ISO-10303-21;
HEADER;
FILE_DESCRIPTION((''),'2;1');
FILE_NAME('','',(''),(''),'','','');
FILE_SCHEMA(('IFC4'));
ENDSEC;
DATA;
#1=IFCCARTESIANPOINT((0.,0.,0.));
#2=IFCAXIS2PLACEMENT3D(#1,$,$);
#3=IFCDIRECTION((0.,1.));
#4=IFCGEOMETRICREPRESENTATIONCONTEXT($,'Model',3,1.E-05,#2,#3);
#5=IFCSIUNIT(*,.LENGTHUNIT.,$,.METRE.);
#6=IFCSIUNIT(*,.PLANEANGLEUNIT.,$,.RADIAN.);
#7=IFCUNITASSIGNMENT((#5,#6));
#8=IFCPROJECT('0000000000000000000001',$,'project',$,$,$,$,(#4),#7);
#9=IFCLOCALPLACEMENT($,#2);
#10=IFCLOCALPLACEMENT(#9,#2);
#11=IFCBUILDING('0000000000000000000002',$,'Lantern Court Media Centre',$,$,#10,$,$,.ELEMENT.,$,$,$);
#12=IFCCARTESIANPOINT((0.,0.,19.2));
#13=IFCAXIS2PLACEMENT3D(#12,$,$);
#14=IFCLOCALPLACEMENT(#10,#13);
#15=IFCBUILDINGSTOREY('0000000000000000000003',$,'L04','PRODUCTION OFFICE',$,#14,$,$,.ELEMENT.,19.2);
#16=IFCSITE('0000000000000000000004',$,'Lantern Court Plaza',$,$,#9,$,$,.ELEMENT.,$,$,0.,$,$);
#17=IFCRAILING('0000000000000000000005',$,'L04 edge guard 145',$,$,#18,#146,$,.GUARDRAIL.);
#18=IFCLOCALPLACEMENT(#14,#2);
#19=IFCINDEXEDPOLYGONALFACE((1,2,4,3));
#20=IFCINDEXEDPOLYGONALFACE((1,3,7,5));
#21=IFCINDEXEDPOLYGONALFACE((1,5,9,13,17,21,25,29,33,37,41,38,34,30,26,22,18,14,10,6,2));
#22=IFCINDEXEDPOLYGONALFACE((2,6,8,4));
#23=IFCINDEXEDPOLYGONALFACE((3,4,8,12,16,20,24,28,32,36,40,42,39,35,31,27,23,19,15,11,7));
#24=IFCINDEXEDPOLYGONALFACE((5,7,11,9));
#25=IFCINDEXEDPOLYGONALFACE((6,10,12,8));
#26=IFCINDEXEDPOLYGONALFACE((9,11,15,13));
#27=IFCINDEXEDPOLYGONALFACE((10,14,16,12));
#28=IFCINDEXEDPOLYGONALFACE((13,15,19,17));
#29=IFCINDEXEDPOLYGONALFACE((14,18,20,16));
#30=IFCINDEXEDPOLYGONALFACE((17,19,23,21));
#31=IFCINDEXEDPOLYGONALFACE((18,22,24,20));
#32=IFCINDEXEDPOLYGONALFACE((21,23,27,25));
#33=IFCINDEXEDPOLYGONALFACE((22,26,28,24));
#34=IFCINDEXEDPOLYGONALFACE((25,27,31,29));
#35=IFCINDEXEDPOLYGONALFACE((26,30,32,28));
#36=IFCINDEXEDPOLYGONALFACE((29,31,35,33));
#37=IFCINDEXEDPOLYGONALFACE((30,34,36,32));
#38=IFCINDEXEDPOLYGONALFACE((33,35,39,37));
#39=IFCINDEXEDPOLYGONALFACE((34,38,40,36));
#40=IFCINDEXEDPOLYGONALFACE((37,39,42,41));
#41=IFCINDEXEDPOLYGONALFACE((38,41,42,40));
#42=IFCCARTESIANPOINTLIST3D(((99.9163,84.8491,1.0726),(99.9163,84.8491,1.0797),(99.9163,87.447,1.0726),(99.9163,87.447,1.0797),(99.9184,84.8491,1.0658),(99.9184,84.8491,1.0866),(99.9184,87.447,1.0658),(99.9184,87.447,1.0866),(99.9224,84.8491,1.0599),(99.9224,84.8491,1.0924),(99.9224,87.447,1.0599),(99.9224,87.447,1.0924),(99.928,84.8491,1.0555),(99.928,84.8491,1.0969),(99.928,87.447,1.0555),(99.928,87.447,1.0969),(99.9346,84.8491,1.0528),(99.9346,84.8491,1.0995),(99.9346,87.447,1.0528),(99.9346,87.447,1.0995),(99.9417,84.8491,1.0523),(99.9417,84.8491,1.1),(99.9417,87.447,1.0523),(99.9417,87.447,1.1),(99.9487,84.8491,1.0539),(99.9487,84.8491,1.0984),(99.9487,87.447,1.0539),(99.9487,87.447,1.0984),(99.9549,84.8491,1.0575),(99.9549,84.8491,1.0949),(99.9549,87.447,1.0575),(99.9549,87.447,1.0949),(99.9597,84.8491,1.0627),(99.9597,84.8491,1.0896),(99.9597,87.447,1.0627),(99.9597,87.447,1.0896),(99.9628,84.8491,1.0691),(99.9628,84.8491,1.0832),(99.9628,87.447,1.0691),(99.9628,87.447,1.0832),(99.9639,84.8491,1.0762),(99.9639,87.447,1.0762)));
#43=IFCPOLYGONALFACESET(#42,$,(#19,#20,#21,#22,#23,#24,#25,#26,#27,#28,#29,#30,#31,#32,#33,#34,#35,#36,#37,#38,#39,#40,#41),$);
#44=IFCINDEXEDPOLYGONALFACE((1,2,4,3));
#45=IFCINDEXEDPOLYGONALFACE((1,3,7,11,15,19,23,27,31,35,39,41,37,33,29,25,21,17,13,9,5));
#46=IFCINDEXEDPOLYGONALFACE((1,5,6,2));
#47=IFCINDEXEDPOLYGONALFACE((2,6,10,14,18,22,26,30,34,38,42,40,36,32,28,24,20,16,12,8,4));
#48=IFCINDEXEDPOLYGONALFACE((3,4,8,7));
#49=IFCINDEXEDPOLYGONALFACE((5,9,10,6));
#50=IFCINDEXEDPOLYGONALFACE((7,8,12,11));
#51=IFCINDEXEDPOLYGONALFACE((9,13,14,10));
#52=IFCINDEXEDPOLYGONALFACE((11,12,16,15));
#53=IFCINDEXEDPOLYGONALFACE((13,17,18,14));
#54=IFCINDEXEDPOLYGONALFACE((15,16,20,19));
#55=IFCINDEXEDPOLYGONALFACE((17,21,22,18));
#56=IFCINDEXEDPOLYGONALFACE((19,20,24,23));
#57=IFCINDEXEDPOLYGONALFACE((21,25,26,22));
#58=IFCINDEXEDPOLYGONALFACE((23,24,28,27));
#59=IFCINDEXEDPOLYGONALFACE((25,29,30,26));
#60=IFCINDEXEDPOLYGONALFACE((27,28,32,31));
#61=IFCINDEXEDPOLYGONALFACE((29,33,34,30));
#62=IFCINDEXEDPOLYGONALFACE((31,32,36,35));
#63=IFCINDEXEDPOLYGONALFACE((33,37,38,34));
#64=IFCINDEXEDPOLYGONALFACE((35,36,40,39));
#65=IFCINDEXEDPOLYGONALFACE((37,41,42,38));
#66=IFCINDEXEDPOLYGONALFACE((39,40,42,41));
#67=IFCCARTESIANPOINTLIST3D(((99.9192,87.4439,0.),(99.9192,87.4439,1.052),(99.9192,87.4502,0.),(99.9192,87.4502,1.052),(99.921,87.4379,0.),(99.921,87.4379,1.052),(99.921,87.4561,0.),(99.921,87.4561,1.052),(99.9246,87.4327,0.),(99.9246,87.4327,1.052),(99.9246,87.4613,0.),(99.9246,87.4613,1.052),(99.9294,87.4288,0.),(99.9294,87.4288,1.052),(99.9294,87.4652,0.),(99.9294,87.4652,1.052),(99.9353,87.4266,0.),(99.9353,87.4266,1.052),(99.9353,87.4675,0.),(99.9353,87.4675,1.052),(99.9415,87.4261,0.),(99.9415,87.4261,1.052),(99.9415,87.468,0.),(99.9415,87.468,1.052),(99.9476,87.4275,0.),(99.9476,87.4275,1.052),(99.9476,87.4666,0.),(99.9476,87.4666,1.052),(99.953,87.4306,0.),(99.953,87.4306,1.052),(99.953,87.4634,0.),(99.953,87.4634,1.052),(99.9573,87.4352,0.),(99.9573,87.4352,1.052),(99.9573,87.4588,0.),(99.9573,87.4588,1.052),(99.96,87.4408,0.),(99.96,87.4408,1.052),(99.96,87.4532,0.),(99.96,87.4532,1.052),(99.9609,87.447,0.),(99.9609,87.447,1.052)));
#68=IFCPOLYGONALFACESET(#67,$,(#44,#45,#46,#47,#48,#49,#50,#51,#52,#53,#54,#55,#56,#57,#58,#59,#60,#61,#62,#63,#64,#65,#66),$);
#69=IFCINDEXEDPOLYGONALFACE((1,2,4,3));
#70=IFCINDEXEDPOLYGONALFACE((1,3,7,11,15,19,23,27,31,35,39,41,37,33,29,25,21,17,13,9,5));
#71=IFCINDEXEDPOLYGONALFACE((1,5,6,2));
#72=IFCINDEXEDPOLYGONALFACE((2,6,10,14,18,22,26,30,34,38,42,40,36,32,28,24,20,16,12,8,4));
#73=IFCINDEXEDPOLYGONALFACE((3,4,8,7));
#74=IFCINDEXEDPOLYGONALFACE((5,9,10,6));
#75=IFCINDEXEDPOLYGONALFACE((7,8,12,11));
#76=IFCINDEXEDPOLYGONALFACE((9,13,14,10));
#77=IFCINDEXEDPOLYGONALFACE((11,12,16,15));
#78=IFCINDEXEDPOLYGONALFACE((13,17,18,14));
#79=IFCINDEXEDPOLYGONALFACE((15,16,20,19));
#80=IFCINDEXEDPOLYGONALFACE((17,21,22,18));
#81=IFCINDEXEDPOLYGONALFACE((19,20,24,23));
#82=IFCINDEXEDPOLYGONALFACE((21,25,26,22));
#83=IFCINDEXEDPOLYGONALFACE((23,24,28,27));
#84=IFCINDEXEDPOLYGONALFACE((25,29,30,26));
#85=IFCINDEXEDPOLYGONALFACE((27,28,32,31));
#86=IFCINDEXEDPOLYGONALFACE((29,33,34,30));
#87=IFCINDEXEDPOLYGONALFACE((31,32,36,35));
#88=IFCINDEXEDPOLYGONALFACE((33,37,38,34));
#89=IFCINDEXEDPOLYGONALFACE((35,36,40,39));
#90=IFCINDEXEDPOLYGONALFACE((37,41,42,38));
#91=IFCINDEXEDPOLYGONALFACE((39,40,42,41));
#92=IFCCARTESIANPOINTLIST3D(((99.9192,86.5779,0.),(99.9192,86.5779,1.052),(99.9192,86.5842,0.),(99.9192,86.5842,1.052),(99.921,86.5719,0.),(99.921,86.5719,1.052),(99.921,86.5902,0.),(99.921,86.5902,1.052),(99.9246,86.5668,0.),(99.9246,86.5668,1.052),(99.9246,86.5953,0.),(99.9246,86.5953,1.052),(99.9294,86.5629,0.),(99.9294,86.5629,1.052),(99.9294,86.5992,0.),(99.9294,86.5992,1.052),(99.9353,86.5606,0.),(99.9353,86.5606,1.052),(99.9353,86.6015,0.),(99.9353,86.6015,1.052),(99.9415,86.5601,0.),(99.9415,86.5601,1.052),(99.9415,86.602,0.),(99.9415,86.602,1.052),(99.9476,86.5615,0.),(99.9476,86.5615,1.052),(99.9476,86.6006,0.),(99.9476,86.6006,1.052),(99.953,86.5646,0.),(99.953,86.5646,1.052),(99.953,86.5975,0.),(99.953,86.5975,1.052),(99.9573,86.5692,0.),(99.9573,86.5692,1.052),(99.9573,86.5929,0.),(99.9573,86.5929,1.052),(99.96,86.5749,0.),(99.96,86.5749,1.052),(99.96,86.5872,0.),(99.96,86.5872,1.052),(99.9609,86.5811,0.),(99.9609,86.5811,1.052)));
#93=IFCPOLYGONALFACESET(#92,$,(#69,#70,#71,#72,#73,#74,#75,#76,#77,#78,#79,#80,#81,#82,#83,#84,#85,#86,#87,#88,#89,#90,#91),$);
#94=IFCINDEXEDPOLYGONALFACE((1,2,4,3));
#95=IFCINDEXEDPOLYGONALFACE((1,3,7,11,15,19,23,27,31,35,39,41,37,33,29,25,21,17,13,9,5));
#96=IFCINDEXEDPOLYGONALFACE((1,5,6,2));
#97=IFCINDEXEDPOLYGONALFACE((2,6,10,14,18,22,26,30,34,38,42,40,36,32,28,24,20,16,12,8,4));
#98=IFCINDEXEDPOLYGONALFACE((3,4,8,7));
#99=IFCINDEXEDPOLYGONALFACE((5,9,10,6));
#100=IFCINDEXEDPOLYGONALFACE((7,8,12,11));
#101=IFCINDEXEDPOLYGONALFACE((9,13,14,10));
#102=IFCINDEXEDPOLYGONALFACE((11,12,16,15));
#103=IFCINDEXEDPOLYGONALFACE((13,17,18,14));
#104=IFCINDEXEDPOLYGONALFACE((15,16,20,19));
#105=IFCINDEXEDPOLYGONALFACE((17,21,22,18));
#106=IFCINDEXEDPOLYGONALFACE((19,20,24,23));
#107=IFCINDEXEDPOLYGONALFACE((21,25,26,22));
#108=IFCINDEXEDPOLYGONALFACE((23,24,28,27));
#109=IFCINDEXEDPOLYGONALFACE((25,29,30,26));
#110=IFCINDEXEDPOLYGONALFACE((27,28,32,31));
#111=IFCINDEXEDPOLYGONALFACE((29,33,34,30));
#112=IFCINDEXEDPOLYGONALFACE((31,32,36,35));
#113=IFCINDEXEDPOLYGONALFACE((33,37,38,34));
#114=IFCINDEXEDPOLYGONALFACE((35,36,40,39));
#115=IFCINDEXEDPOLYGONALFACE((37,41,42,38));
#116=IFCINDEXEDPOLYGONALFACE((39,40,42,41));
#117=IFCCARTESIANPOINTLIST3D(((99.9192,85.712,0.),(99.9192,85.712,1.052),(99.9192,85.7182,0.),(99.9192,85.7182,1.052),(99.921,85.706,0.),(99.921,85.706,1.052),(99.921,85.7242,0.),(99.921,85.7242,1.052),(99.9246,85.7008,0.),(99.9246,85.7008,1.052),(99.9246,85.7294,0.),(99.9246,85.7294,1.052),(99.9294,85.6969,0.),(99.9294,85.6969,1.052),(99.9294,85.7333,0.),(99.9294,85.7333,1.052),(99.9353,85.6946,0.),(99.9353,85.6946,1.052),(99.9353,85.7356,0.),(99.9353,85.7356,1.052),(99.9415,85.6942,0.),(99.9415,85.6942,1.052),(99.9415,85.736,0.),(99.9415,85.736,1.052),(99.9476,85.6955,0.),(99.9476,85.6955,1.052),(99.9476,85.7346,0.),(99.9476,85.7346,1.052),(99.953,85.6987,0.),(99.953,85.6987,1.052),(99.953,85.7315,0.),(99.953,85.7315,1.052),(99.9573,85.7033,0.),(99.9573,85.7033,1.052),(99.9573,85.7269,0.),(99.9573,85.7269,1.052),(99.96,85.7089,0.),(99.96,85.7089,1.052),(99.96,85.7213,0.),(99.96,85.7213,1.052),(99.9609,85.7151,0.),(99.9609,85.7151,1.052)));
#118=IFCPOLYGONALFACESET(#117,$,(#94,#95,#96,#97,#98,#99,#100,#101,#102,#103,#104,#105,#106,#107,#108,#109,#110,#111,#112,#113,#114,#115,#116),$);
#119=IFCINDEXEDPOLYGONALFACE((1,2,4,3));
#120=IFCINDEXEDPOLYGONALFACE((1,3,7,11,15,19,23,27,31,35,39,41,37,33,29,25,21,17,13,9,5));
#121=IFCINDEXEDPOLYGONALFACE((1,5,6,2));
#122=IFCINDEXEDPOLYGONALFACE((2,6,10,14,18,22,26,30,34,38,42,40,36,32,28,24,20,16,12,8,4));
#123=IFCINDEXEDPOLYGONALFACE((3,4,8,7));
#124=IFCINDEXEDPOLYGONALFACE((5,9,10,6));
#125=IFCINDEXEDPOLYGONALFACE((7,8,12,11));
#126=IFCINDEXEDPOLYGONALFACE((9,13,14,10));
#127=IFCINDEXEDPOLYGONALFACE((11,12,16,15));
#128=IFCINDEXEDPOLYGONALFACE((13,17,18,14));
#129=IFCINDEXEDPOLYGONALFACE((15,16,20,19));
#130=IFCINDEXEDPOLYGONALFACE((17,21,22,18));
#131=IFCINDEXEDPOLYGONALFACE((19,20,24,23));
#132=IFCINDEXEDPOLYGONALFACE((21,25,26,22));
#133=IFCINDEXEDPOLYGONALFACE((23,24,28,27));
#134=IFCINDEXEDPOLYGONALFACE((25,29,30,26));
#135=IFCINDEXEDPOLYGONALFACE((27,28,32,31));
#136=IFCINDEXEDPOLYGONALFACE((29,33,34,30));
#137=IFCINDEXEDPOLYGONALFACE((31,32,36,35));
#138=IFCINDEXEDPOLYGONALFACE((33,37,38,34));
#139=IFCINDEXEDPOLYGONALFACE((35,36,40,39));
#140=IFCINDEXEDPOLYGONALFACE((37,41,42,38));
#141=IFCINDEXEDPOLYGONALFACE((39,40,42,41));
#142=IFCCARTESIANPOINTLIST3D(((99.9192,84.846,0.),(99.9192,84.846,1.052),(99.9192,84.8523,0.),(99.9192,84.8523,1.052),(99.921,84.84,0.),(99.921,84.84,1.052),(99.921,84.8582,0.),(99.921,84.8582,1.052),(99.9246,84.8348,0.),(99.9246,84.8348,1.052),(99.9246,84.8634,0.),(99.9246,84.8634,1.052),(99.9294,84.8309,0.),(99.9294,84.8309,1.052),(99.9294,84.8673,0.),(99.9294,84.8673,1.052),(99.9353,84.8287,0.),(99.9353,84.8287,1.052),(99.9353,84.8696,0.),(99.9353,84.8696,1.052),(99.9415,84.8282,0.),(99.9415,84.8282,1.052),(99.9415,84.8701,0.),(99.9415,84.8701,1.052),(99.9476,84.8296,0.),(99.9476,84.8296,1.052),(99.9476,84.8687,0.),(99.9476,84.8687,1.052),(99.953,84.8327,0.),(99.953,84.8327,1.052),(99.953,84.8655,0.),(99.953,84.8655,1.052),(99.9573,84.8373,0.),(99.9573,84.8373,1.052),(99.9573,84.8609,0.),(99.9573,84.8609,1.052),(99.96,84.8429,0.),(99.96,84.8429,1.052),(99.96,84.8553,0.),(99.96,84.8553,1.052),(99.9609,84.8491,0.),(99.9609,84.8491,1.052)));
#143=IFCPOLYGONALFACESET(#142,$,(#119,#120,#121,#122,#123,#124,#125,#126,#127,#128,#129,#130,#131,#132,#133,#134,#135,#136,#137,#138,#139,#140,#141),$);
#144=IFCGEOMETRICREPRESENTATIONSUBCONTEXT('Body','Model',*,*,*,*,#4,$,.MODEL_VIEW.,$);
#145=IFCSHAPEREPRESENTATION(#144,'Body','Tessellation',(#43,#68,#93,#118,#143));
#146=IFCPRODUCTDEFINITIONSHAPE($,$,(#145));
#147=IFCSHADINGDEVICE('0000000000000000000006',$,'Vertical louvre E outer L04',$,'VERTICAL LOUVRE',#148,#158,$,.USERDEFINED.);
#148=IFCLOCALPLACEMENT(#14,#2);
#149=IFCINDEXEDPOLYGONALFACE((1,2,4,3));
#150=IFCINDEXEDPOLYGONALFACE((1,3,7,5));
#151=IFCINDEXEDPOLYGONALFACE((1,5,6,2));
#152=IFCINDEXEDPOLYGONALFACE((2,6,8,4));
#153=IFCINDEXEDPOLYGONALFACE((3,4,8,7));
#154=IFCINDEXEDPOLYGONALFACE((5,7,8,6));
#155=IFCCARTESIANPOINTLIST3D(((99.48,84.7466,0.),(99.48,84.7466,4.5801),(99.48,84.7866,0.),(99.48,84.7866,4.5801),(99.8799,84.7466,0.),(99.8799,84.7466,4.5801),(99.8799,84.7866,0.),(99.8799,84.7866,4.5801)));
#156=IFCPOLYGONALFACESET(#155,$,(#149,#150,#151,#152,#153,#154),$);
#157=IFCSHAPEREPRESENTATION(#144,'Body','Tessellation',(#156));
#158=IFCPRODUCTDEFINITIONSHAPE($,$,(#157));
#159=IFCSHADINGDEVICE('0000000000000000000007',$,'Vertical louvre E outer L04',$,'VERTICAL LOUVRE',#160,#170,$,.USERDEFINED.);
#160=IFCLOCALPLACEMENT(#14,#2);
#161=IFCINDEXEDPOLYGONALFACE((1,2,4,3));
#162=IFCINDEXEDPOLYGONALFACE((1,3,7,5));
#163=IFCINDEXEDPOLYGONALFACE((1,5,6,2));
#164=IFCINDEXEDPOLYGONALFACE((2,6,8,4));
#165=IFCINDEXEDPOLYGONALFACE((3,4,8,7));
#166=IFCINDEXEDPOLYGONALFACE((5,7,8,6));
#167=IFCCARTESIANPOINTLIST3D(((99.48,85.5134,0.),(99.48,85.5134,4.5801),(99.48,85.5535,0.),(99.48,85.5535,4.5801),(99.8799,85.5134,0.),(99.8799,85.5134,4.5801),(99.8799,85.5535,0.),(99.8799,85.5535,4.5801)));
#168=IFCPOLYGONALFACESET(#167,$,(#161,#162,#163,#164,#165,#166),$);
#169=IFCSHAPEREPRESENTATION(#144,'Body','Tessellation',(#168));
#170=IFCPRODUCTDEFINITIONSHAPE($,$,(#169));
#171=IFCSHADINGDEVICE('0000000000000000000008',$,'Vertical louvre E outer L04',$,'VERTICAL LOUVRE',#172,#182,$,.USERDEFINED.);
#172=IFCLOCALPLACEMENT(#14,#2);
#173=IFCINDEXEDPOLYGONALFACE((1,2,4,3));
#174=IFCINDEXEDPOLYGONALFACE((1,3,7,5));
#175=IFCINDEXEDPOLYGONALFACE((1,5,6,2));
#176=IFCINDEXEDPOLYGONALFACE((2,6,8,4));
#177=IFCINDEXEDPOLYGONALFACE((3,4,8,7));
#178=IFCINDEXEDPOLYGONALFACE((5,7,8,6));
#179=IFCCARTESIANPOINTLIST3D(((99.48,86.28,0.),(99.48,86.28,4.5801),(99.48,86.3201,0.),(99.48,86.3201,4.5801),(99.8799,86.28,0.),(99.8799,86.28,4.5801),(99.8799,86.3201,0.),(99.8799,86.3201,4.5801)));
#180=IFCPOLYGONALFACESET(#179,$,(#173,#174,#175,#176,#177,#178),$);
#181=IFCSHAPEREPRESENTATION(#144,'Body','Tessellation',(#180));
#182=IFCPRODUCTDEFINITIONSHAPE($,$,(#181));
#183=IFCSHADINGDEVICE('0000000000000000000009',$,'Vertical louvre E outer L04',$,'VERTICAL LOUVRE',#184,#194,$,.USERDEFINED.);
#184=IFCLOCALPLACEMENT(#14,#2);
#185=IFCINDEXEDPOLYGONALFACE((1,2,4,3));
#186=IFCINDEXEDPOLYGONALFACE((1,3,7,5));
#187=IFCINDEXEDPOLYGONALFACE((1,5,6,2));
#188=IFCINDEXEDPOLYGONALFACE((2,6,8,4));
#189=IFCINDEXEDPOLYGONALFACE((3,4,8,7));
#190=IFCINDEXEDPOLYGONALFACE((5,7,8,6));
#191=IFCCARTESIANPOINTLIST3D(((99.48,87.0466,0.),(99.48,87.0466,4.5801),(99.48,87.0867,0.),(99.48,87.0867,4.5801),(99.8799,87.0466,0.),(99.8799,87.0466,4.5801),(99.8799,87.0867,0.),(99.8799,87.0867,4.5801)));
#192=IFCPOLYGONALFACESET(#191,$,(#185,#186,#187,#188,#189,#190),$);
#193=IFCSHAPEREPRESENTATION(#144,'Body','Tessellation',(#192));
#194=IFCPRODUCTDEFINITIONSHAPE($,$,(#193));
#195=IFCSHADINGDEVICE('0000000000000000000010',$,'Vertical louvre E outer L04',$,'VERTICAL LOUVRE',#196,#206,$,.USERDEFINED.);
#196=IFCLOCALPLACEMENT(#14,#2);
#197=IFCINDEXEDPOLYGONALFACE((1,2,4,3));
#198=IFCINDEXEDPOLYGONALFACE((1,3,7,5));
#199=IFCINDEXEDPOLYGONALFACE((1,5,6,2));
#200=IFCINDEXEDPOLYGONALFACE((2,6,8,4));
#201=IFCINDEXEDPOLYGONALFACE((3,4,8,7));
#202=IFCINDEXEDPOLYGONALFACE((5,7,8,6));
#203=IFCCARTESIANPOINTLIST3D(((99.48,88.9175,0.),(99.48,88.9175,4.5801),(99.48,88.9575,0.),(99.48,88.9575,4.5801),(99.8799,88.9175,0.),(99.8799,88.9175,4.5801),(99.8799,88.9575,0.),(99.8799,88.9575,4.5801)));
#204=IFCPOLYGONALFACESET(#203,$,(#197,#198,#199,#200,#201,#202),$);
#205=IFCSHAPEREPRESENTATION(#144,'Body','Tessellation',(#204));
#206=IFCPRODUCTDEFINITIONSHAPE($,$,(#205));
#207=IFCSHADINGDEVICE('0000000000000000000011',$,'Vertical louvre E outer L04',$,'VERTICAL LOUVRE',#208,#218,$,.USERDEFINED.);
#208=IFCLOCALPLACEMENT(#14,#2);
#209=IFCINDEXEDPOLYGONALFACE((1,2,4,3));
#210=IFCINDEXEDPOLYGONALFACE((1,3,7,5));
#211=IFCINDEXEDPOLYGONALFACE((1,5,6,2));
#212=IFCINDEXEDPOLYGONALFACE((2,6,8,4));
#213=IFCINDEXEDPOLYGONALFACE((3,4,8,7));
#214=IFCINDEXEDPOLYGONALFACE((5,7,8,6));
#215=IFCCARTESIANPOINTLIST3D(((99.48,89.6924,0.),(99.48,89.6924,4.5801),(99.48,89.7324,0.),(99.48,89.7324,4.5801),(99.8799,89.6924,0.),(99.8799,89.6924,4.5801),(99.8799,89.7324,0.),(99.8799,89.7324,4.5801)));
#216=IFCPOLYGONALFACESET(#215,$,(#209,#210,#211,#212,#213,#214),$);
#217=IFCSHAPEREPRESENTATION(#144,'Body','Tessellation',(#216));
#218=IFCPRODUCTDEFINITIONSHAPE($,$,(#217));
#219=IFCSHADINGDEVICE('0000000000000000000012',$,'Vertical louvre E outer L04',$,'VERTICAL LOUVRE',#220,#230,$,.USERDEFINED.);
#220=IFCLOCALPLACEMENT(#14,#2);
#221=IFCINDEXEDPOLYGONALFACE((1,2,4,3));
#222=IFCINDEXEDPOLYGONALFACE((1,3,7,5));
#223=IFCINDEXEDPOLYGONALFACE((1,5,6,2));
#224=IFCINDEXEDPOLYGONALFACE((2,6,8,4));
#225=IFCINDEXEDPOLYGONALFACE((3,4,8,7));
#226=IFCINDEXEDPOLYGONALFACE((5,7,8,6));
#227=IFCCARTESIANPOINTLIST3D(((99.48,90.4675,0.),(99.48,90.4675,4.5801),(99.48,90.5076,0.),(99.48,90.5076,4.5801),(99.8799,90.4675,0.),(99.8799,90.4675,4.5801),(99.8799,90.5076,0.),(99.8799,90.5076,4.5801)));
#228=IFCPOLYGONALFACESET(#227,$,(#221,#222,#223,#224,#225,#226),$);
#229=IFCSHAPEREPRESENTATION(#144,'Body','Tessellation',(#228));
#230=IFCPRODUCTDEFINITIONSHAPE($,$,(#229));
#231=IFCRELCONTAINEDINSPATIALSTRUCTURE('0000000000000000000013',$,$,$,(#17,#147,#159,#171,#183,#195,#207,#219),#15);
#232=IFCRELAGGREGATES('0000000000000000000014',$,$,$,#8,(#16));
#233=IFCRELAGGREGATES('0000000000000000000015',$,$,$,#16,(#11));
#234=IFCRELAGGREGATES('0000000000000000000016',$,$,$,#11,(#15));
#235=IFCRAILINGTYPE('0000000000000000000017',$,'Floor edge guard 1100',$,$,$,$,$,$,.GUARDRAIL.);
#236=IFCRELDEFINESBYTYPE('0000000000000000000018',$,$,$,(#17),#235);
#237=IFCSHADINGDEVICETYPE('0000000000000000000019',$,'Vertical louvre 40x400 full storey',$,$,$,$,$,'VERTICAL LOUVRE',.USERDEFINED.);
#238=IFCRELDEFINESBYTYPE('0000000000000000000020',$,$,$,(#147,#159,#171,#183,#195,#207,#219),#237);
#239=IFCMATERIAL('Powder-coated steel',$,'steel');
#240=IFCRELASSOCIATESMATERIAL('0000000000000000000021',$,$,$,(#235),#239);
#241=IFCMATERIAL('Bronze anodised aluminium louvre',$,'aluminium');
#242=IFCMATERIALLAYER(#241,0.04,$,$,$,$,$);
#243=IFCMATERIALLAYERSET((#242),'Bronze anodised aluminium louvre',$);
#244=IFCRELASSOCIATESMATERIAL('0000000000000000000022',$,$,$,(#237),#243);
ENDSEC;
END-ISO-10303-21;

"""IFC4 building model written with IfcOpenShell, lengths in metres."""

from ifc_helpers import new_model, si_unit, direction, frame, origin, origin_2d, place, context, subcontext, project, spatial, rectangle, circle, extrude, material, layer, layer_set, type_object, element, save


model = new_model("IFC4")

# Units and contexts
model_context = context("Model", 3, precision=1e-05, world=origin(), true_north=direction((0.0, 1.0)))
body_context = subcontext(model_context, "Body", "Model", "MODEL_VIEW")
ifc_project = project(units=[si_unit("LENGTHUNIT", "METRE"), si_unit("PLANEANGLEUNIT", "RADIAN")], contexts=[model_context])

# Site, building, storey
site_placement = place(None, origin())
site = spatial("IfcSite", under=ifc_project, at=site_placement, Name="Lantern Court Plaza", CompositionType="ELEMENT", RefElevation=0.0)
building_placement = place(site_placement, origin())
building = spatial("IfcBuilding", under=site, at=building_placement, Name="Lantern Court Media Centre", CompositionType="ELEMENT")
storey_placement = place(building_placement, frame((0.0, 0.0, 19.2)))
storey = spatial("IfcBuildingStorey", under=building, at=storey_placement, Name="L04", Description="PRODUCTION OFFICE", CompositionType="ELEMENT", Elevation=19.2)

# Railing
ifc_material_1 = material(Name="Powder-coated steel", Category="steel")
railing_type = type_object("IfcRailingType", Name="Floor edge guard 1100", PredefinedType="GUARDRAIL", material=ifc_material_1)
railing_1_placement = place(storey_placement, frame((99.9399, 87.447, 0.0)))
element("IfcRailing", 1, at=railing_1_placement, inside=storey, type_object=railing_type, Name="L04 edge guard 145", PredefinedType="GUARDRAIL", context=body_context, shape_type="SweptSolid", body=[
    extrude(circle(Radius=0.0239, at=origin_2d()), frame((0.0, 0.0, 1.0762), z_axis=(0.0, -1.0, 0.0), x_axis=(1.0, 0.0, 0.0)), (0.0, 0.0, 1.0), 2.5979),
    extrude(circle(Radius=0.021, at=origin_2d()), origin(), (0.0, 0.0, 1.0), 1.052),
    extrude(circle(Radius=0.021, at=origin_2d()), frame((0.0, -0.866, 0.0)), (0.0, 0.0, 1.0), 1.052),
    extrude(circle(Radius=0.021, at=origin_2d()), frame((0.0, -1.7319, 0.0)), (0.0, 0.0, 1.0), 1.052),
    extrude(circle(Radius=0.021, at=origin_2d()), frame((0.0, -2.5979, 0.0)), (0.0, 0.0, 1.0), 1.052),
])

# Shading devices
ifc_material_2 = material(Name="Bronze anodised aluminium louvre", Category="aluminium")
ifc_layer_1 = layer(ifc_material_2, 0.04)
ifc_layer_set_1 = layer_set([ifc_layer_1], Name="Bronze anodised aluminium louvre")
shading_device_type = type_object("IfcShadingDeviceType", Name="Vertical louvre 40x400 full storey", ElementType="VERTICAL LOUVRE", PredefinedType="USERDEFINED", material=ifc_layer_set_1)
for number, where, z_axis, x_axis, name in (
    (2, (99.6799, 84.7666, 0.0), (0.0, 0.0, 1.0), (1.0, 0.0, 0.0), "Vertical louvre E outer L04"),
    (3, (99.6799, 85.5334, 0.0), (0.0, 0.0, 1.0), (1.0, 0.0, 0.0), "Vertical louvre E outer L04"),
    (4, (99.6799, 86.3, 0.0), (0.0, 0.0, 1.0), (1.0, 0.0, 0.0), "Vertical louvre E outer L04"),
    (5, (99.6799, 87.0667, 0.0), (0.0, 0.0, 1.0), (1.0, 0.0, 0.0), "Vertical louvre E outer L04"),
    (6, (99.6799, 88.9375, 0.0), (0.0, 0.0, 1.0), (1.0, 0.0, 0.0), "Vertical louvre E outer L04"),
    (7, (99.6799, 89.7124, 0.0), (0.0, 0.0, 1.0), (1.0, 0.0, 0.0), "Vertical louvre E outer L04"),
    (8, (99.6799, 90.4875, 0.0), (0.0, 0.0, 1.0), (1.0, 0.0, 0.0), "Vertical louvre E outer L04"),
):
    element("IfcShadingDevice", number, at=place(storey_placement, frame(where, z_axis=z_axis, x_axis=x_axis)), inside=storey, type_object=shading_device_type, Name=name, ObjectType="VERTICAL LOUVRE", PredefinedType="USERDEFINED", context=body_context, shape_type="SweptSolid", body=[
        extrude(rectangle(XDim=0.3999, YDim=0.04, at=origin_2d()), origin(), (0.0, 0.0, 1.0), 4.5801),
    ])

save(model, "model.ifc")
